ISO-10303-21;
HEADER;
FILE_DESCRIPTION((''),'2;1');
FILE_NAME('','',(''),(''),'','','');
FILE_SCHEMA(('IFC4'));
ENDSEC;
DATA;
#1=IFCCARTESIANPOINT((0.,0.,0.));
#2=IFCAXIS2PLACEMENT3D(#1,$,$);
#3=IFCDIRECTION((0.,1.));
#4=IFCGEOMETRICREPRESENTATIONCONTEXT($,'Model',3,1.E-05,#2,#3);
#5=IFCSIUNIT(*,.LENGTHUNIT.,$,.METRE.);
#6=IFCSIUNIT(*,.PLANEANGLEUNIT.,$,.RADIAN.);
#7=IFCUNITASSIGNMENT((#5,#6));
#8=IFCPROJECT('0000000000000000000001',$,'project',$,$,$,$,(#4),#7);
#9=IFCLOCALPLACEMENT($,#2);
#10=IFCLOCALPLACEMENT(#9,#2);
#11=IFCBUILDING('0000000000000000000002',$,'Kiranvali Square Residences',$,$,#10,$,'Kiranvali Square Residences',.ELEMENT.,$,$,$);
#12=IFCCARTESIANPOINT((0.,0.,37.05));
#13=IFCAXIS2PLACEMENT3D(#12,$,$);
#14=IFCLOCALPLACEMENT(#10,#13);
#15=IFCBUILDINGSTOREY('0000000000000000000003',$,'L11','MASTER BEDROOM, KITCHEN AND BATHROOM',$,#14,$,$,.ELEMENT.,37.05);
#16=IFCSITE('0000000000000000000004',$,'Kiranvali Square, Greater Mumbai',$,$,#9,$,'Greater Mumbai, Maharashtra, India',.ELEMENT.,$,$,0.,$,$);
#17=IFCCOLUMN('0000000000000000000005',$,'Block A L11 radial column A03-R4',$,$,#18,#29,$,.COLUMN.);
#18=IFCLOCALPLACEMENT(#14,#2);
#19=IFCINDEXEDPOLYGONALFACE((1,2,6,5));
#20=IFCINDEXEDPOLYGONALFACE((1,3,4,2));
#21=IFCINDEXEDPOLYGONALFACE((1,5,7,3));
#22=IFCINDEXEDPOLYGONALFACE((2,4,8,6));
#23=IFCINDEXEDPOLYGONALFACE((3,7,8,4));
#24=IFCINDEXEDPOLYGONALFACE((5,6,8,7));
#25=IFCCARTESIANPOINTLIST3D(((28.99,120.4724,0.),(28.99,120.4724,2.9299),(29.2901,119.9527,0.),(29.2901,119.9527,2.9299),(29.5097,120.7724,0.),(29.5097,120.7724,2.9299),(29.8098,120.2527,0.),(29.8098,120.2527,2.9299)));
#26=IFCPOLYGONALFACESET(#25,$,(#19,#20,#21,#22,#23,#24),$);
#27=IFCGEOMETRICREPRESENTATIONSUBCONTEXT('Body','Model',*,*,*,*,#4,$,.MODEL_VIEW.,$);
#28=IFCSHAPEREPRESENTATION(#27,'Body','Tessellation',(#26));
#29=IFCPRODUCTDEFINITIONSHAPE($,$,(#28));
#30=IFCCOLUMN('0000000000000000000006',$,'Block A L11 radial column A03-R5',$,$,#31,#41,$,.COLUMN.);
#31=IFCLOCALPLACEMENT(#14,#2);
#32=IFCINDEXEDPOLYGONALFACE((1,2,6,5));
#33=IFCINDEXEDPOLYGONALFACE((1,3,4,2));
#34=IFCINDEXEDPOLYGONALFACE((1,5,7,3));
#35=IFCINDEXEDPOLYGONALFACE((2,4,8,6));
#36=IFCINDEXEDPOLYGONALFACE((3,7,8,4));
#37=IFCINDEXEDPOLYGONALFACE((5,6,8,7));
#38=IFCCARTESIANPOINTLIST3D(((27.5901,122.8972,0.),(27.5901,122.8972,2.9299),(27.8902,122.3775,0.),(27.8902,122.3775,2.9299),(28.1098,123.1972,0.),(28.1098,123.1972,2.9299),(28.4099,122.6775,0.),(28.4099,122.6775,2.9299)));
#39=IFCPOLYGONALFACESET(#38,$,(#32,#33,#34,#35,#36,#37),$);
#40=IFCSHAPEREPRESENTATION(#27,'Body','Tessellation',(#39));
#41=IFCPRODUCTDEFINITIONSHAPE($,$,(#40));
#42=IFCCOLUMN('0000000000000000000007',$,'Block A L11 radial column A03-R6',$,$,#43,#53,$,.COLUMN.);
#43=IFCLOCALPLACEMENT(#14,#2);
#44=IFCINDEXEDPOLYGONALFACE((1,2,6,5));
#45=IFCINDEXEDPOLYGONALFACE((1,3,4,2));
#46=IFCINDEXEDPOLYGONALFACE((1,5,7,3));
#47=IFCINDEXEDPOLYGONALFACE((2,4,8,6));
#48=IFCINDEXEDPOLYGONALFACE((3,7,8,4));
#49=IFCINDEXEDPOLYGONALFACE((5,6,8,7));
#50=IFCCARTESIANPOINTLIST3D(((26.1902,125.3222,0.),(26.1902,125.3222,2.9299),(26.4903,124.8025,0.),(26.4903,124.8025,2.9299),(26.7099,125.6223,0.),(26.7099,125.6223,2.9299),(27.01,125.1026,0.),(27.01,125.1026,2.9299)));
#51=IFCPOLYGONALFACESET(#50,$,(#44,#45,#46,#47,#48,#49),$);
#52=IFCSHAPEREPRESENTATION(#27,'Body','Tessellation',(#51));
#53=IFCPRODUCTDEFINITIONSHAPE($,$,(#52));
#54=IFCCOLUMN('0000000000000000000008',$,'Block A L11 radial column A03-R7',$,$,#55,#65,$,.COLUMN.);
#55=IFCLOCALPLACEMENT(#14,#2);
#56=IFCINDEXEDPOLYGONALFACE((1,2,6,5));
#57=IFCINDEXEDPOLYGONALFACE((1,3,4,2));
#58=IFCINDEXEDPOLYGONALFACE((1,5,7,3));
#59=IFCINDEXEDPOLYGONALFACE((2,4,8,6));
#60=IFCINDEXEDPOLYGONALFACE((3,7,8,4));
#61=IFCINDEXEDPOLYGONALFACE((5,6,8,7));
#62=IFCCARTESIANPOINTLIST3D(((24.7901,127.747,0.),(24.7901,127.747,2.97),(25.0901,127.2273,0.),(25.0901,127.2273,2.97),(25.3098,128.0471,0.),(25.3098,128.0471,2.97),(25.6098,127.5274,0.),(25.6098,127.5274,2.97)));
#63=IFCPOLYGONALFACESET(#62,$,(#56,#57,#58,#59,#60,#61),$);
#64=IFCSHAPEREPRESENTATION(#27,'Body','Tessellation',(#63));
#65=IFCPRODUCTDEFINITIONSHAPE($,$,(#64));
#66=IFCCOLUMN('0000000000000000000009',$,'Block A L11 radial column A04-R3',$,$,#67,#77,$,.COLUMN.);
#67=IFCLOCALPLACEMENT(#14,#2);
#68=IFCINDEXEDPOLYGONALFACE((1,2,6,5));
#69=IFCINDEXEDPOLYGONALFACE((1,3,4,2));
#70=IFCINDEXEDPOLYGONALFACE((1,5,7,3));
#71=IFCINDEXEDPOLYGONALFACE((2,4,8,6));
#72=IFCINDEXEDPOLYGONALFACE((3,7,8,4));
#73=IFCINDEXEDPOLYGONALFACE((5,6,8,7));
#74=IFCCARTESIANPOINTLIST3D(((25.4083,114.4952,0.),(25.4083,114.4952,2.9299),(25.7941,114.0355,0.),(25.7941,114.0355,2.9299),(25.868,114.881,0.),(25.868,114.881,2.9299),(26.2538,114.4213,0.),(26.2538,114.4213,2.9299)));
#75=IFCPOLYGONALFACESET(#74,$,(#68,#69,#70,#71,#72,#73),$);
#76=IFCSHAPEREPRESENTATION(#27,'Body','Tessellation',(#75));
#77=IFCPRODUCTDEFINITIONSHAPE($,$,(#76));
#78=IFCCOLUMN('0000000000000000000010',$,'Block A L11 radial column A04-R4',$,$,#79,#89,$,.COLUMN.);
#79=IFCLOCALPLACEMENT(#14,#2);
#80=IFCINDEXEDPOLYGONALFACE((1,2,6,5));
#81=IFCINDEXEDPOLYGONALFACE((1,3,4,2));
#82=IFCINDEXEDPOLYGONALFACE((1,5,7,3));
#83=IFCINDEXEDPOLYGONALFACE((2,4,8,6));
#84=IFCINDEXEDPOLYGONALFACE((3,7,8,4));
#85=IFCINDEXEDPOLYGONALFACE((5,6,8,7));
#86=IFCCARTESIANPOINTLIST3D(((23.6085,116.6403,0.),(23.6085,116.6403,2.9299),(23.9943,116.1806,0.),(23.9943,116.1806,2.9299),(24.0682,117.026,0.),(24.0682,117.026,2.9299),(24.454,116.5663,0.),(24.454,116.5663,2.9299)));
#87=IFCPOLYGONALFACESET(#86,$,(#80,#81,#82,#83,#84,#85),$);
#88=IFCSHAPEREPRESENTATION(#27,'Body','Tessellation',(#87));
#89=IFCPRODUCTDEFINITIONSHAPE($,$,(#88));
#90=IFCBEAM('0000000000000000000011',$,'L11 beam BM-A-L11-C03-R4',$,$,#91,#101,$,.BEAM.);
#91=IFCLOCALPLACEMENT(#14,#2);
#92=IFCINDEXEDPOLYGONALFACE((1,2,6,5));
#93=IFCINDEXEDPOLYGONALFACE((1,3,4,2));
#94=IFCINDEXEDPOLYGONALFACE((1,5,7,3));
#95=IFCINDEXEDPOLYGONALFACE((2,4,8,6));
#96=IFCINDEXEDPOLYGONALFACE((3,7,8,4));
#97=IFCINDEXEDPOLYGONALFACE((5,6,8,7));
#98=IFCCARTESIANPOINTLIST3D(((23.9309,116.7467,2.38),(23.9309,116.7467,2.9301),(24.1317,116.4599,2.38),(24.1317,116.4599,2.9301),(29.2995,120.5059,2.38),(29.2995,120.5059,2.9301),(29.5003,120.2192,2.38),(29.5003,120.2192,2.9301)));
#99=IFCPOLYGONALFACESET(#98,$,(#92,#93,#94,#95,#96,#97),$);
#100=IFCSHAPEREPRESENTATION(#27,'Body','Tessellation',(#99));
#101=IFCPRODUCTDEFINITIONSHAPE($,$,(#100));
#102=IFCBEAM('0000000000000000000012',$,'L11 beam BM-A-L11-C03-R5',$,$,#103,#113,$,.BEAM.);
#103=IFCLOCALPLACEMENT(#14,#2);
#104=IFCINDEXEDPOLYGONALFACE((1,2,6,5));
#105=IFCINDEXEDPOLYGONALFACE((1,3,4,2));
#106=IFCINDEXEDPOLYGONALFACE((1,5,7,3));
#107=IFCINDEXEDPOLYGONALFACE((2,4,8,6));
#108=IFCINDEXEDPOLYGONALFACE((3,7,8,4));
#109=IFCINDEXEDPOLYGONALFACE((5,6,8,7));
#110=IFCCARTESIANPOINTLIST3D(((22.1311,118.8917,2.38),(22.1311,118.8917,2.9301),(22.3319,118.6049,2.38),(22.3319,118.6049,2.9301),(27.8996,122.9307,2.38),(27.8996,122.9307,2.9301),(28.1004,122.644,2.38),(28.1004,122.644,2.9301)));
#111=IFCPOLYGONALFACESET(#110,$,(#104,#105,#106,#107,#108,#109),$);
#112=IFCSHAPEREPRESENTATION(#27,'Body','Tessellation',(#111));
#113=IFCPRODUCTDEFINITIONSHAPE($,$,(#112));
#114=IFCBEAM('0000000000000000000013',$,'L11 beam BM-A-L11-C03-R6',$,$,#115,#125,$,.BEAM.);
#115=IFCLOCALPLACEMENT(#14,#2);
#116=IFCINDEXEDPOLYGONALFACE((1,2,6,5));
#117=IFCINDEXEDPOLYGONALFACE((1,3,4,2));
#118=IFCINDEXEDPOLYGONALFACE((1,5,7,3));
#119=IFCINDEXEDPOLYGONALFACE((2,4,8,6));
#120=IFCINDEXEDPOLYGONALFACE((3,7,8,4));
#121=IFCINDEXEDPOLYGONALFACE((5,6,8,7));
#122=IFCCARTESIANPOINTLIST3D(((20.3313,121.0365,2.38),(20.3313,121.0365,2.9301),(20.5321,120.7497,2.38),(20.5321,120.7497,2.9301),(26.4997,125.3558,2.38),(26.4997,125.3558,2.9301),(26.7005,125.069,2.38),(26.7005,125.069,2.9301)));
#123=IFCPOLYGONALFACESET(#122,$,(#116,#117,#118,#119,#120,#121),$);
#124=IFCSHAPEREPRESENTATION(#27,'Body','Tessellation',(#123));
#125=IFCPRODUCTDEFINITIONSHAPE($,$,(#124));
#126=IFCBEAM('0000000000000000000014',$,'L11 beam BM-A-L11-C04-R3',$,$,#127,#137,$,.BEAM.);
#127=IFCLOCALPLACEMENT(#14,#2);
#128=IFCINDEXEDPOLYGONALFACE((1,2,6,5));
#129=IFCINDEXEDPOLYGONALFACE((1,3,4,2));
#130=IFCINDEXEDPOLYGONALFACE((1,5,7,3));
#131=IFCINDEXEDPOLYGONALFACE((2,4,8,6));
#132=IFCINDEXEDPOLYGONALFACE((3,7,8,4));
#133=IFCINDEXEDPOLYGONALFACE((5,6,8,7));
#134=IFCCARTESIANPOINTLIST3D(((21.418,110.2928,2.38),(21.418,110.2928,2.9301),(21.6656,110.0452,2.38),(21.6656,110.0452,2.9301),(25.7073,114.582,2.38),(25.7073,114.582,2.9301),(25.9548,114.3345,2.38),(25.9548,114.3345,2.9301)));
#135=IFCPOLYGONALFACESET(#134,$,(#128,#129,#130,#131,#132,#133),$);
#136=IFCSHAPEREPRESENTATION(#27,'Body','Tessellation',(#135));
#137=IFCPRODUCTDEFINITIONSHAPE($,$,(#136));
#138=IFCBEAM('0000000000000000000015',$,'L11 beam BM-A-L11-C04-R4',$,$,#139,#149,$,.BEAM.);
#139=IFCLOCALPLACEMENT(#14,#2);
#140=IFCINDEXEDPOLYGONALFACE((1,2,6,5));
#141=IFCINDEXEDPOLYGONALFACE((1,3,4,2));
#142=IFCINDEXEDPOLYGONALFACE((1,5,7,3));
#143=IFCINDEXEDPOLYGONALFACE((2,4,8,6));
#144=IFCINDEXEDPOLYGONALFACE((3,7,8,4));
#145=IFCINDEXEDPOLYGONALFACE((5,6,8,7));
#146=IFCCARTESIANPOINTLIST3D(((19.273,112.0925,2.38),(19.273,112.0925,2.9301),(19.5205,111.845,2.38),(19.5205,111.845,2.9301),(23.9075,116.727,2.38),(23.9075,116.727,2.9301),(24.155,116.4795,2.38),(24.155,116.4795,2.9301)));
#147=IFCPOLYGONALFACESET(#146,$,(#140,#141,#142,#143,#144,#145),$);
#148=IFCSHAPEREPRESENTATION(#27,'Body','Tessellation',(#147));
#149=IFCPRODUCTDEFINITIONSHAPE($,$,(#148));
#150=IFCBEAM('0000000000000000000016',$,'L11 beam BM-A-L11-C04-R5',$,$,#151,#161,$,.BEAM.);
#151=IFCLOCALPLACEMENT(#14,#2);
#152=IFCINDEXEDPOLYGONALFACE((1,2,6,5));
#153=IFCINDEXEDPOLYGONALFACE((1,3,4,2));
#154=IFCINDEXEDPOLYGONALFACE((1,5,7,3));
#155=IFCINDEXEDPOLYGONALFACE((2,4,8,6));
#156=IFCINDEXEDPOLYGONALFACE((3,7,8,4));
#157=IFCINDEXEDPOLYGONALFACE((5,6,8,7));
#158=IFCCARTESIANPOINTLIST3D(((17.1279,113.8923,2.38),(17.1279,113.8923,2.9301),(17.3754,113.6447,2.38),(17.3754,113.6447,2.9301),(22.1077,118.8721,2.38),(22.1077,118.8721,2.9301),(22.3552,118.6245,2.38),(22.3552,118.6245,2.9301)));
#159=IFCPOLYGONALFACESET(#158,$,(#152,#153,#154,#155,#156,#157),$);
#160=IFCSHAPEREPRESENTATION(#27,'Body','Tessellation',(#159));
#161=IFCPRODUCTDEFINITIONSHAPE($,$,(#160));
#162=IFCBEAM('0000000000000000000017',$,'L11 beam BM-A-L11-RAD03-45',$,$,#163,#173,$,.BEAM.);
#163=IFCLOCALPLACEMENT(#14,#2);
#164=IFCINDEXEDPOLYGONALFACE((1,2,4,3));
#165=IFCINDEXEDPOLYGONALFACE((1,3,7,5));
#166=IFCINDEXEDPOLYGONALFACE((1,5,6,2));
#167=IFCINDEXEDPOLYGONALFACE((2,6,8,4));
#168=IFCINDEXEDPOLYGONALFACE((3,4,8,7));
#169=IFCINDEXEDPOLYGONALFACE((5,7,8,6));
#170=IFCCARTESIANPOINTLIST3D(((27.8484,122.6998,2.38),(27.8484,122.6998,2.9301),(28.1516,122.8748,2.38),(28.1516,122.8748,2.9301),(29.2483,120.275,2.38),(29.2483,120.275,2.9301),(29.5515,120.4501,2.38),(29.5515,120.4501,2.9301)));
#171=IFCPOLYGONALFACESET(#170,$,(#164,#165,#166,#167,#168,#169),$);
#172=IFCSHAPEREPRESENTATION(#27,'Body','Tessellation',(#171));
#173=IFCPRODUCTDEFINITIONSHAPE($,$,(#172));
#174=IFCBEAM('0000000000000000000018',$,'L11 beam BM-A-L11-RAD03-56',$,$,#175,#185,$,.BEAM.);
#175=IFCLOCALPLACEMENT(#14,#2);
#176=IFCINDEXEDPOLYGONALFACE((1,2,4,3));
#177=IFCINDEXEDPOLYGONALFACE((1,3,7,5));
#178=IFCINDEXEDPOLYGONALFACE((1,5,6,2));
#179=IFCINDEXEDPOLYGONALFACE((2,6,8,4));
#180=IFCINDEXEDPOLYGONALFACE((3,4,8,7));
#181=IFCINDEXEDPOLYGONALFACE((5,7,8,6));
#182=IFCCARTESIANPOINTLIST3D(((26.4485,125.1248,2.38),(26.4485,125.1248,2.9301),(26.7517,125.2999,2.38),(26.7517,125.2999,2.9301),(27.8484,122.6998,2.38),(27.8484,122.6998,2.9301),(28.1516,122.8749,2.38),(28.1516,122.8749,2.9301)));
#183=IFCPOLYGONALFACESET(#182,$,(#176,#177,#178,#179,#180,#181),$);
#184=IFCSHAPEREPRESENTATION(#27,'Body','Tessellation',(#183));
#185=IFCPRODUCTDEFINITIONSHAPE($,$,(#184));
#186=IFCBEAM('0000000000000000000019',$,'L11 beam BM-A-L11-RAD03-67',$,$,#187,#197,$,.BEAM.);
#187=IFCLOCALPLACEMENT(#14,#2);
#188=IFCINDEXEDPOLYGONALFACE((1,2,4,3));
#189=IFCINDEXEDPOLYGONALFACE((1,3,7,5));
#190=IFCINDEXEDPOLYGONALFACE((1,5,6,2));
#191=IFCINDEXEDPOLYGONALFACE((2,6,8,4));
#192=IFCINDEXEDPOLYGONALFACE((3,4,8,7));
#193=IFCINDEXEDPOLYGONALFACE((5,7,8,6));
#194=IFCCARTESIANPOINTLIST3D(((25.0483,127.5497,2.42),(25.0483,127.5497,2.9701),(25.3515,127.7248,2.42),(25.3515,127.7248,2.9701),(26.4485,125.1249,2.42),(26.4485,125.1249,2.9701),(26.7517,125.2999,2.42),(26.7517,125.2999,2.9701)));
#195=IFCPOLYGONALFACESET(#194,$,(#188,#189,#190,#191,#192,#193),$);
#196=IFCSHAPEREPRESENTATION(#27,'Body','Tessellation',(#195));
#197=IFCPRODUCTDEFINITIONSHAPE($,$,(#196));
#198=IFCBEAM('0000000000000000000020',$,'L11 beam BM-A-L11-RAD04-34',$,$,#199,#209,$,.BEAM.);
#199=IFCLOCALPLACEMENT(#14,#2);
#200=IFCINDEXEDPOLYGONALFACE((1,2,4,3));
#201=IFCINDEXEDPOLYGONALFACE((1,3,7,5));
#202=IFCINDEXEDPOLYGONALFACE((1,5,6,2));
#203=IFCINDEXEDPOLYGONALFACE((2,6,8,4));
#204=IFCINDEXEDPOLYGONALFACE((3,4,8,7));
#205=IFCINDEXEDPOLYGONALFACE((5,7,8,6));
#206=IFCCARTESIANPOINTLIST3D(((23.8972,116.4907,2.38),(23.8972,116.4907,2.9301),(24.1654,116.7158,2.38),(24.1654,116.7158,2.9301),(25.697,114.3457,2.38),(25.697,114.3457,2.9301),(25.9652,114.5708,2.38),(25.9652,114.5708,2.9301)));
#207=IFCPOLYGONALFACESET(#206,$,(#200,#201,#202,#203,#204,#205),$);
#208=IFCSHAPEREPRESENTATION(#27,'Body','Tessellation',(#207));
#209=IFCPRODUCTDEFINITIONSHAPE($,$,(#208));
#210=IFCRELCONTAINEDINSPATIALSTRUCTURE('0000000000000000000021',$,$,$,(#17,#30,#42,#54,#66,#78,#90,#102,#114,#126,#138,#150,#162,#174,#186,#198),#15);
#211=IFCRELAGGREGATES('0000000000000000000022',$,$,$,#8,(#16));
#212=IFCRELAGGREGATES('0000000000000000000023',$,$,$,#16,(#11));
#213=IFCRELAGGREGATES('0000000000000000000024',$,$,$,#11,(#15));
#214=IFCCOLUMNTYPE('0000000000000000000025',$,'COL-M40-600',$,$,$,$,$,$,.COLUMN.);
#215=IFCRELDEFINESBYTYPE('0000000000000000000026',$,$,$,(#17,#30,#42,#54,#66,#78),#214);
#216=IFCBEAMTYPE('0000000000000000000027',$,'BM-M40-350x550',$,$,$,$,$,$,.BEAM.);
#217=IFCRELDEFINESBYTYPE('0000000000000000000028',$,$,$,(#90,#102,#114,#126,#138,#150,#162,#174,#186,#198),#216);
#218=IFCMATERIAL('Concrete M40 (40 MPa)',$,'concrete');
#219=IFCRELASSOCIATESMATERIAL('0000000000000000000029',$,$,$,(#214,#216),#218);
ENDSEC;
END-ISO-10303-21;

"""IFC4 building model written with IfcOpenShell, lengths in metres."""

from ifc_helpers import new_model, si_unit, direction, frame, origin, origin_2d, place, context, subcontext, project, spatial, rectangle, extrude, material, material_profile, profile_set, type_object, element, save


model = new_model("IFC4")

# Units and contexts
model_context = context("Model", 3, precision=1e-05, world=origin(), true_north=direction((0.0, 1.0)))
body_context = subcontext(model_context, "Body", "Model", "MODEL_VIEW")
ifc_project = project(units=[si_unit("LENGTHUNIT", "METRE"), si_unit("PLANEANGLEUNIT", "RADIAN")], contexts=[model_context])

# Site, building, storey
site_placement = place(None, origin())
site = spatial("IfcSite", under=ifc_project, at=site_placement, Name="Kiranvali Square, Greater Mumbai", LongName="Greater Mumbai, Maharashtra, India", CompositionType="ELEMENT", RefElevation=0.0)
building_placement = place(site_placement, origin())
building = spatial("IfcBuilding", under=site, at=building_placement, Name="Kiranvali Square Residences", LongName="Kiranvali Square Residences", CompositionType="ELEMENT")
storey_placement = place(building_placement, frame((0.0, 0.0, 37.05)))
storey = spatial("IfcBuildingStorey", under=building, at=storey_placement, Name="L11", Description="MASTER BEDROOM, KITCHEN AND BATHROOM", CompositionType="ELEMENT", Elevation=37.05)

# Columns
ifc_material_1 = material(Name="Concrete M40 (40 MPa)", Category="concrete")
ifc_material_profile_1 = material_profile(ifc_material_1, rectangle(XDim=0.6001, YDim=0.6001, at=origin_2d()), Name="RC 600x600")
ifc_profile_set_1 = profile_set([ifc_material_profile_1], Name="Concrete M40 (40 MPa)")
column_type = type_object("IfcColumnType", Name="COL-M40-600", PredefinedType="COLUMN", material=ifc_profile_set_1)
for number, where, z_axis, x_axis, name in (
    (1, (29.3999, 120.3625, 0.0), (0.0, 0.0, 1.0), (0.866025, 0.5, 0.0), "Block A L11 radial column A03-R4"),
    (2, (28.0, 122.7874, 0.0), (0.0, 0.0, 1.0), (0.866025, 0.5, 0.0), "Block A L11 radial column A03-R5"),
    (3, (26.6001, 125.2124, 0.0), (0.0, 0.0, 1.0), (0.866025, 0.5, 0.0), "Block A L11 radial column A03-R6"),
):
    element("IfcColumn", number, at=place(storey_placement, frame(where, z_axis=z_axis, x_axis=x_axis)), inside=storey, type_object=column_type, Name=name, PredefinedType="COLUMN", context=body_context, shape_type="SweptSolid", body=[
        extrude(rectangle(XDim=0.6001, YDim=0.6001, at=origin_2d()), origin(), (0.0, 0.0, 1.0), 2.9299),
    ])
column_placement = place(storey_placement, frame((25.2, 127.6372, 0.0), z_axis=(0.0, 0.0, 1.0), x_axis=(0.866025, 0.5, 0.0)))
element("IfcColumn", 4, at=column_placement, inside=storey, type_object=column_type, Name="Block A L11 radial column A03-R7", PredefinedType="COLUMN", context=body_context, shape_type="SweptSolid", body=[
    extrude(rectangle(XDim=0.6001, YDim=0.6001, at=origin_2d()), origin(), (0.0, 0.0, 1.0), 2.97),
])
for number, where, z_axis, x_axis, name in (
    (5, (25.8311, 114.4583, 0.0), (0.0, 0.0, 1.0), (0.766044, 0.642788, 0.0), "Block A L11 radial column A04-R3"),
    (6, (24.0312, 116.6033, 0.0), (0.0, 0.0, 1.0), (0.766044, 0.642788, 0.0), "Block A L11 radial column A04-R4"),
):
    element("IfcColumn", number, at=place(storey_placement, frame(where, z_axis=z_axis, x_axis=x_axis)), inside=storey, type_object=column_type, Name=name, PredefinedType="COLUMN", context=body_context, shape_type="SweptSolid", body=[
        extrude(rectangle(XDim=0.6001, YDim=0.6001, at=origin_2d()), origin(), (0.0, 0.0, 1.0), 2.9299),
    ])

# Beams
ifc_material_profile_2 = material_profile(ifc_material_1, rectangle(XDim=0.3501, YDim=0.55, at=origin_2d()), Name="RC 350x550")
ifc_profile_set_2 = profile_set([ifc_material_profile_2], Name="Concrete M40 (40 MPa)")
beam_type_1 = type_object("IfcBeamType", Name="BM-M40-350x550", PredefinedType="BEAM", material=ifc_profile_set_2)
beam_1_placement = place(storey_placement, frame((29.3999, 120.3625, 2.655), z_axis=(-0.819144, -0.573587, 0.0), x_axis=(0.573587, -0.819144, 0.0)))
element("IfcBeam", 7, at=beam_1_placement, inside=storey, type_object=beam_type_1, Name="L11 beam BM-A-L11-C03-R4", PredefinedType="BEAM", context=body_context, shape_type="SweptSolid", body=[
    extrude(rectangle(XDim=0.3501, YDim=0.55, at=origin_2d()), origin(), (0.0, 0.0, 1.0), 6.554),
])
beam_2_placement = place(storey_placement, frame((28.0, 122.7874, 2.655), z_axis=(-0.81916, -0.573565, 0.0), x_axis=(0.573565, -0.81916, 0.0)))
element("IfcBeam", 8, at=beam_2_placement, inside=storey, type_object=beam_type_1, Name="L11 beam BM-A-L11-C03-R5", PredefinedType="BEAM", context=body_context, shape_type="SweptSolid", body=[
    extrude(rectangle(XDim=0.3501, YDim=0.55, at=origin_2d()), origin(), (0.0, 0.0, 1.0), 7.042),
])
beam_3_placement = place(storey_placement, frame((26.6001, 125.2124, 2.655), z_axis=(-0.819144, -0.573589, 0.0), x_axis=(0.573589, -0.819144, 0.0)))
element("IfcBeam", 9, at=beam_3_placement, inside=storey, type_object=beam_type_1, Name="L11 beam BM-A-L11-C03-R6", PredefinedType="BEAM", context=body_context, shape_type="SweptSolid", body=[
    extrude(rectangle(XDim=0.3501, YDim=0.55, at=origin_2d()), origin(), (0.0, 0.0, 1.0), 7.5303),
])
beam_4_placement = place(storey_placement, frame((25.8311, 114.4583, 2.655), z_axis=(-0.707107, -0.707107, 0.0), x_axis=(0.707107, -0.707107, 0.0)))
element("IfcBeam", 10, at=beam_4_placement, inside=storey, type_object=beam_type_1, Name="L11 beam BM-A-L11-C04-R3", PredefinedType="BEAM", context=body_context, shape_type="SweptSolid", body=[
    extrude(rectangle(XDim=0.3501, YDim=0.55, at=origin_2d()), origin(), (0.0, 0.0, 1.0), 6.0659),
])
beam_5_placement = place(storey_placement, frame((24.0312, 116.6033, 2.655), z_axis=(-0.707107, -0.707107, 0.0), x_axis=(0.707107, -0.707107, 0.0)))
element("IfcBeam", 11, at=beam_5_placement, inside=storey, type_object=beam_type_1, Name="L11 beam BM-A-L11-C04-R4", PredefinedType="BEAM", context=body_context, shape_type="SweptSolid", body=[
    extrude(rectangle(XDim=0.3501, YDim=0.55, at=origin_2d()), origin(), (0.0, 0.0, 1.0), 6.5542),
])
beam_6_placement = place(storey_placement, frame((22.2314, 118.7483, 2.655), z_axis=(-0.707107, -0.707107, 0.0), x_axis=(0.707107, -0.707107, 0.0)))
element("IfcBeam", 12, at=beam_6_placement, inside=storey, type_object=beam_type_1, Name="L11 beam BM-A-L11-C04-R5", PredefinedType="BEAM", context=body_context, shape_type="SweptSolid", body=[
    extrude(rectangle(XDim=0.3501, YDim=0.55, at=origin_2d()), origin(), (0.0, 0.0, 1.0), 7.0425),
])
beam_7_placement = place(storey_placement, frame((29.3999, 120.3625, 2.655), z_axis=(-0.499984, 0.866035, 0.0), x_axis=(-0.866035, -0.499984, 0.0)))
element("IfcBeam", 13, at=beam_7_placement, inside=storey, type_object=beam_type_1, Name="L11 beam BM-A-L11-RAD03-45", PredefinedType="BEAM", context=body_context, shape_type="SweptSolid", body=[
    extrude(rectangle(XDim=0.3501, YDim=0.55, at=origin_2d()), origin(), (0.0, 0.0, 1.0), 2.7998),
])
for number, where, z_axis, x_axis, name in (
    (14, (28.0, 122.7874, 2.655), (-0.499946, 0.866056, 0.0), (-0.866056, -0.499946, 0.0), "L11 beam BM-A-L11-RAD03-56"),
    (15, (26.6001, 125.2124, 2.6951), (-0.50005, 0.865997, 0.0), (-0.865997, -0.50005, 0.0), "L11 beam BM-A-L11-RAD03-67"),
    (16, (25.8311, 114.4583, 2.655), (-0.642771, 0.766059, 0.0), (-0.766059, -0.642771, 0.0), "L11 beam BM-A-L11-RAD04-34"),
):
    element("IfcBeam", number, at=place(storey_placement, frame(where, z_axis=z_axis, x_axis=x_axis)), inside=storey, type_object=beam_type_1, Name=name, PredefinedType="BEAM", context=body_context, shape_type="SweptSolid", body=[
        extrude(rectangle(XDim=0.3501, YDim=0.55, at=origin_2d()), origin(), (0.0, 0.0, 1.0), 2.8),
    ])

save(model, "model.ifc")
